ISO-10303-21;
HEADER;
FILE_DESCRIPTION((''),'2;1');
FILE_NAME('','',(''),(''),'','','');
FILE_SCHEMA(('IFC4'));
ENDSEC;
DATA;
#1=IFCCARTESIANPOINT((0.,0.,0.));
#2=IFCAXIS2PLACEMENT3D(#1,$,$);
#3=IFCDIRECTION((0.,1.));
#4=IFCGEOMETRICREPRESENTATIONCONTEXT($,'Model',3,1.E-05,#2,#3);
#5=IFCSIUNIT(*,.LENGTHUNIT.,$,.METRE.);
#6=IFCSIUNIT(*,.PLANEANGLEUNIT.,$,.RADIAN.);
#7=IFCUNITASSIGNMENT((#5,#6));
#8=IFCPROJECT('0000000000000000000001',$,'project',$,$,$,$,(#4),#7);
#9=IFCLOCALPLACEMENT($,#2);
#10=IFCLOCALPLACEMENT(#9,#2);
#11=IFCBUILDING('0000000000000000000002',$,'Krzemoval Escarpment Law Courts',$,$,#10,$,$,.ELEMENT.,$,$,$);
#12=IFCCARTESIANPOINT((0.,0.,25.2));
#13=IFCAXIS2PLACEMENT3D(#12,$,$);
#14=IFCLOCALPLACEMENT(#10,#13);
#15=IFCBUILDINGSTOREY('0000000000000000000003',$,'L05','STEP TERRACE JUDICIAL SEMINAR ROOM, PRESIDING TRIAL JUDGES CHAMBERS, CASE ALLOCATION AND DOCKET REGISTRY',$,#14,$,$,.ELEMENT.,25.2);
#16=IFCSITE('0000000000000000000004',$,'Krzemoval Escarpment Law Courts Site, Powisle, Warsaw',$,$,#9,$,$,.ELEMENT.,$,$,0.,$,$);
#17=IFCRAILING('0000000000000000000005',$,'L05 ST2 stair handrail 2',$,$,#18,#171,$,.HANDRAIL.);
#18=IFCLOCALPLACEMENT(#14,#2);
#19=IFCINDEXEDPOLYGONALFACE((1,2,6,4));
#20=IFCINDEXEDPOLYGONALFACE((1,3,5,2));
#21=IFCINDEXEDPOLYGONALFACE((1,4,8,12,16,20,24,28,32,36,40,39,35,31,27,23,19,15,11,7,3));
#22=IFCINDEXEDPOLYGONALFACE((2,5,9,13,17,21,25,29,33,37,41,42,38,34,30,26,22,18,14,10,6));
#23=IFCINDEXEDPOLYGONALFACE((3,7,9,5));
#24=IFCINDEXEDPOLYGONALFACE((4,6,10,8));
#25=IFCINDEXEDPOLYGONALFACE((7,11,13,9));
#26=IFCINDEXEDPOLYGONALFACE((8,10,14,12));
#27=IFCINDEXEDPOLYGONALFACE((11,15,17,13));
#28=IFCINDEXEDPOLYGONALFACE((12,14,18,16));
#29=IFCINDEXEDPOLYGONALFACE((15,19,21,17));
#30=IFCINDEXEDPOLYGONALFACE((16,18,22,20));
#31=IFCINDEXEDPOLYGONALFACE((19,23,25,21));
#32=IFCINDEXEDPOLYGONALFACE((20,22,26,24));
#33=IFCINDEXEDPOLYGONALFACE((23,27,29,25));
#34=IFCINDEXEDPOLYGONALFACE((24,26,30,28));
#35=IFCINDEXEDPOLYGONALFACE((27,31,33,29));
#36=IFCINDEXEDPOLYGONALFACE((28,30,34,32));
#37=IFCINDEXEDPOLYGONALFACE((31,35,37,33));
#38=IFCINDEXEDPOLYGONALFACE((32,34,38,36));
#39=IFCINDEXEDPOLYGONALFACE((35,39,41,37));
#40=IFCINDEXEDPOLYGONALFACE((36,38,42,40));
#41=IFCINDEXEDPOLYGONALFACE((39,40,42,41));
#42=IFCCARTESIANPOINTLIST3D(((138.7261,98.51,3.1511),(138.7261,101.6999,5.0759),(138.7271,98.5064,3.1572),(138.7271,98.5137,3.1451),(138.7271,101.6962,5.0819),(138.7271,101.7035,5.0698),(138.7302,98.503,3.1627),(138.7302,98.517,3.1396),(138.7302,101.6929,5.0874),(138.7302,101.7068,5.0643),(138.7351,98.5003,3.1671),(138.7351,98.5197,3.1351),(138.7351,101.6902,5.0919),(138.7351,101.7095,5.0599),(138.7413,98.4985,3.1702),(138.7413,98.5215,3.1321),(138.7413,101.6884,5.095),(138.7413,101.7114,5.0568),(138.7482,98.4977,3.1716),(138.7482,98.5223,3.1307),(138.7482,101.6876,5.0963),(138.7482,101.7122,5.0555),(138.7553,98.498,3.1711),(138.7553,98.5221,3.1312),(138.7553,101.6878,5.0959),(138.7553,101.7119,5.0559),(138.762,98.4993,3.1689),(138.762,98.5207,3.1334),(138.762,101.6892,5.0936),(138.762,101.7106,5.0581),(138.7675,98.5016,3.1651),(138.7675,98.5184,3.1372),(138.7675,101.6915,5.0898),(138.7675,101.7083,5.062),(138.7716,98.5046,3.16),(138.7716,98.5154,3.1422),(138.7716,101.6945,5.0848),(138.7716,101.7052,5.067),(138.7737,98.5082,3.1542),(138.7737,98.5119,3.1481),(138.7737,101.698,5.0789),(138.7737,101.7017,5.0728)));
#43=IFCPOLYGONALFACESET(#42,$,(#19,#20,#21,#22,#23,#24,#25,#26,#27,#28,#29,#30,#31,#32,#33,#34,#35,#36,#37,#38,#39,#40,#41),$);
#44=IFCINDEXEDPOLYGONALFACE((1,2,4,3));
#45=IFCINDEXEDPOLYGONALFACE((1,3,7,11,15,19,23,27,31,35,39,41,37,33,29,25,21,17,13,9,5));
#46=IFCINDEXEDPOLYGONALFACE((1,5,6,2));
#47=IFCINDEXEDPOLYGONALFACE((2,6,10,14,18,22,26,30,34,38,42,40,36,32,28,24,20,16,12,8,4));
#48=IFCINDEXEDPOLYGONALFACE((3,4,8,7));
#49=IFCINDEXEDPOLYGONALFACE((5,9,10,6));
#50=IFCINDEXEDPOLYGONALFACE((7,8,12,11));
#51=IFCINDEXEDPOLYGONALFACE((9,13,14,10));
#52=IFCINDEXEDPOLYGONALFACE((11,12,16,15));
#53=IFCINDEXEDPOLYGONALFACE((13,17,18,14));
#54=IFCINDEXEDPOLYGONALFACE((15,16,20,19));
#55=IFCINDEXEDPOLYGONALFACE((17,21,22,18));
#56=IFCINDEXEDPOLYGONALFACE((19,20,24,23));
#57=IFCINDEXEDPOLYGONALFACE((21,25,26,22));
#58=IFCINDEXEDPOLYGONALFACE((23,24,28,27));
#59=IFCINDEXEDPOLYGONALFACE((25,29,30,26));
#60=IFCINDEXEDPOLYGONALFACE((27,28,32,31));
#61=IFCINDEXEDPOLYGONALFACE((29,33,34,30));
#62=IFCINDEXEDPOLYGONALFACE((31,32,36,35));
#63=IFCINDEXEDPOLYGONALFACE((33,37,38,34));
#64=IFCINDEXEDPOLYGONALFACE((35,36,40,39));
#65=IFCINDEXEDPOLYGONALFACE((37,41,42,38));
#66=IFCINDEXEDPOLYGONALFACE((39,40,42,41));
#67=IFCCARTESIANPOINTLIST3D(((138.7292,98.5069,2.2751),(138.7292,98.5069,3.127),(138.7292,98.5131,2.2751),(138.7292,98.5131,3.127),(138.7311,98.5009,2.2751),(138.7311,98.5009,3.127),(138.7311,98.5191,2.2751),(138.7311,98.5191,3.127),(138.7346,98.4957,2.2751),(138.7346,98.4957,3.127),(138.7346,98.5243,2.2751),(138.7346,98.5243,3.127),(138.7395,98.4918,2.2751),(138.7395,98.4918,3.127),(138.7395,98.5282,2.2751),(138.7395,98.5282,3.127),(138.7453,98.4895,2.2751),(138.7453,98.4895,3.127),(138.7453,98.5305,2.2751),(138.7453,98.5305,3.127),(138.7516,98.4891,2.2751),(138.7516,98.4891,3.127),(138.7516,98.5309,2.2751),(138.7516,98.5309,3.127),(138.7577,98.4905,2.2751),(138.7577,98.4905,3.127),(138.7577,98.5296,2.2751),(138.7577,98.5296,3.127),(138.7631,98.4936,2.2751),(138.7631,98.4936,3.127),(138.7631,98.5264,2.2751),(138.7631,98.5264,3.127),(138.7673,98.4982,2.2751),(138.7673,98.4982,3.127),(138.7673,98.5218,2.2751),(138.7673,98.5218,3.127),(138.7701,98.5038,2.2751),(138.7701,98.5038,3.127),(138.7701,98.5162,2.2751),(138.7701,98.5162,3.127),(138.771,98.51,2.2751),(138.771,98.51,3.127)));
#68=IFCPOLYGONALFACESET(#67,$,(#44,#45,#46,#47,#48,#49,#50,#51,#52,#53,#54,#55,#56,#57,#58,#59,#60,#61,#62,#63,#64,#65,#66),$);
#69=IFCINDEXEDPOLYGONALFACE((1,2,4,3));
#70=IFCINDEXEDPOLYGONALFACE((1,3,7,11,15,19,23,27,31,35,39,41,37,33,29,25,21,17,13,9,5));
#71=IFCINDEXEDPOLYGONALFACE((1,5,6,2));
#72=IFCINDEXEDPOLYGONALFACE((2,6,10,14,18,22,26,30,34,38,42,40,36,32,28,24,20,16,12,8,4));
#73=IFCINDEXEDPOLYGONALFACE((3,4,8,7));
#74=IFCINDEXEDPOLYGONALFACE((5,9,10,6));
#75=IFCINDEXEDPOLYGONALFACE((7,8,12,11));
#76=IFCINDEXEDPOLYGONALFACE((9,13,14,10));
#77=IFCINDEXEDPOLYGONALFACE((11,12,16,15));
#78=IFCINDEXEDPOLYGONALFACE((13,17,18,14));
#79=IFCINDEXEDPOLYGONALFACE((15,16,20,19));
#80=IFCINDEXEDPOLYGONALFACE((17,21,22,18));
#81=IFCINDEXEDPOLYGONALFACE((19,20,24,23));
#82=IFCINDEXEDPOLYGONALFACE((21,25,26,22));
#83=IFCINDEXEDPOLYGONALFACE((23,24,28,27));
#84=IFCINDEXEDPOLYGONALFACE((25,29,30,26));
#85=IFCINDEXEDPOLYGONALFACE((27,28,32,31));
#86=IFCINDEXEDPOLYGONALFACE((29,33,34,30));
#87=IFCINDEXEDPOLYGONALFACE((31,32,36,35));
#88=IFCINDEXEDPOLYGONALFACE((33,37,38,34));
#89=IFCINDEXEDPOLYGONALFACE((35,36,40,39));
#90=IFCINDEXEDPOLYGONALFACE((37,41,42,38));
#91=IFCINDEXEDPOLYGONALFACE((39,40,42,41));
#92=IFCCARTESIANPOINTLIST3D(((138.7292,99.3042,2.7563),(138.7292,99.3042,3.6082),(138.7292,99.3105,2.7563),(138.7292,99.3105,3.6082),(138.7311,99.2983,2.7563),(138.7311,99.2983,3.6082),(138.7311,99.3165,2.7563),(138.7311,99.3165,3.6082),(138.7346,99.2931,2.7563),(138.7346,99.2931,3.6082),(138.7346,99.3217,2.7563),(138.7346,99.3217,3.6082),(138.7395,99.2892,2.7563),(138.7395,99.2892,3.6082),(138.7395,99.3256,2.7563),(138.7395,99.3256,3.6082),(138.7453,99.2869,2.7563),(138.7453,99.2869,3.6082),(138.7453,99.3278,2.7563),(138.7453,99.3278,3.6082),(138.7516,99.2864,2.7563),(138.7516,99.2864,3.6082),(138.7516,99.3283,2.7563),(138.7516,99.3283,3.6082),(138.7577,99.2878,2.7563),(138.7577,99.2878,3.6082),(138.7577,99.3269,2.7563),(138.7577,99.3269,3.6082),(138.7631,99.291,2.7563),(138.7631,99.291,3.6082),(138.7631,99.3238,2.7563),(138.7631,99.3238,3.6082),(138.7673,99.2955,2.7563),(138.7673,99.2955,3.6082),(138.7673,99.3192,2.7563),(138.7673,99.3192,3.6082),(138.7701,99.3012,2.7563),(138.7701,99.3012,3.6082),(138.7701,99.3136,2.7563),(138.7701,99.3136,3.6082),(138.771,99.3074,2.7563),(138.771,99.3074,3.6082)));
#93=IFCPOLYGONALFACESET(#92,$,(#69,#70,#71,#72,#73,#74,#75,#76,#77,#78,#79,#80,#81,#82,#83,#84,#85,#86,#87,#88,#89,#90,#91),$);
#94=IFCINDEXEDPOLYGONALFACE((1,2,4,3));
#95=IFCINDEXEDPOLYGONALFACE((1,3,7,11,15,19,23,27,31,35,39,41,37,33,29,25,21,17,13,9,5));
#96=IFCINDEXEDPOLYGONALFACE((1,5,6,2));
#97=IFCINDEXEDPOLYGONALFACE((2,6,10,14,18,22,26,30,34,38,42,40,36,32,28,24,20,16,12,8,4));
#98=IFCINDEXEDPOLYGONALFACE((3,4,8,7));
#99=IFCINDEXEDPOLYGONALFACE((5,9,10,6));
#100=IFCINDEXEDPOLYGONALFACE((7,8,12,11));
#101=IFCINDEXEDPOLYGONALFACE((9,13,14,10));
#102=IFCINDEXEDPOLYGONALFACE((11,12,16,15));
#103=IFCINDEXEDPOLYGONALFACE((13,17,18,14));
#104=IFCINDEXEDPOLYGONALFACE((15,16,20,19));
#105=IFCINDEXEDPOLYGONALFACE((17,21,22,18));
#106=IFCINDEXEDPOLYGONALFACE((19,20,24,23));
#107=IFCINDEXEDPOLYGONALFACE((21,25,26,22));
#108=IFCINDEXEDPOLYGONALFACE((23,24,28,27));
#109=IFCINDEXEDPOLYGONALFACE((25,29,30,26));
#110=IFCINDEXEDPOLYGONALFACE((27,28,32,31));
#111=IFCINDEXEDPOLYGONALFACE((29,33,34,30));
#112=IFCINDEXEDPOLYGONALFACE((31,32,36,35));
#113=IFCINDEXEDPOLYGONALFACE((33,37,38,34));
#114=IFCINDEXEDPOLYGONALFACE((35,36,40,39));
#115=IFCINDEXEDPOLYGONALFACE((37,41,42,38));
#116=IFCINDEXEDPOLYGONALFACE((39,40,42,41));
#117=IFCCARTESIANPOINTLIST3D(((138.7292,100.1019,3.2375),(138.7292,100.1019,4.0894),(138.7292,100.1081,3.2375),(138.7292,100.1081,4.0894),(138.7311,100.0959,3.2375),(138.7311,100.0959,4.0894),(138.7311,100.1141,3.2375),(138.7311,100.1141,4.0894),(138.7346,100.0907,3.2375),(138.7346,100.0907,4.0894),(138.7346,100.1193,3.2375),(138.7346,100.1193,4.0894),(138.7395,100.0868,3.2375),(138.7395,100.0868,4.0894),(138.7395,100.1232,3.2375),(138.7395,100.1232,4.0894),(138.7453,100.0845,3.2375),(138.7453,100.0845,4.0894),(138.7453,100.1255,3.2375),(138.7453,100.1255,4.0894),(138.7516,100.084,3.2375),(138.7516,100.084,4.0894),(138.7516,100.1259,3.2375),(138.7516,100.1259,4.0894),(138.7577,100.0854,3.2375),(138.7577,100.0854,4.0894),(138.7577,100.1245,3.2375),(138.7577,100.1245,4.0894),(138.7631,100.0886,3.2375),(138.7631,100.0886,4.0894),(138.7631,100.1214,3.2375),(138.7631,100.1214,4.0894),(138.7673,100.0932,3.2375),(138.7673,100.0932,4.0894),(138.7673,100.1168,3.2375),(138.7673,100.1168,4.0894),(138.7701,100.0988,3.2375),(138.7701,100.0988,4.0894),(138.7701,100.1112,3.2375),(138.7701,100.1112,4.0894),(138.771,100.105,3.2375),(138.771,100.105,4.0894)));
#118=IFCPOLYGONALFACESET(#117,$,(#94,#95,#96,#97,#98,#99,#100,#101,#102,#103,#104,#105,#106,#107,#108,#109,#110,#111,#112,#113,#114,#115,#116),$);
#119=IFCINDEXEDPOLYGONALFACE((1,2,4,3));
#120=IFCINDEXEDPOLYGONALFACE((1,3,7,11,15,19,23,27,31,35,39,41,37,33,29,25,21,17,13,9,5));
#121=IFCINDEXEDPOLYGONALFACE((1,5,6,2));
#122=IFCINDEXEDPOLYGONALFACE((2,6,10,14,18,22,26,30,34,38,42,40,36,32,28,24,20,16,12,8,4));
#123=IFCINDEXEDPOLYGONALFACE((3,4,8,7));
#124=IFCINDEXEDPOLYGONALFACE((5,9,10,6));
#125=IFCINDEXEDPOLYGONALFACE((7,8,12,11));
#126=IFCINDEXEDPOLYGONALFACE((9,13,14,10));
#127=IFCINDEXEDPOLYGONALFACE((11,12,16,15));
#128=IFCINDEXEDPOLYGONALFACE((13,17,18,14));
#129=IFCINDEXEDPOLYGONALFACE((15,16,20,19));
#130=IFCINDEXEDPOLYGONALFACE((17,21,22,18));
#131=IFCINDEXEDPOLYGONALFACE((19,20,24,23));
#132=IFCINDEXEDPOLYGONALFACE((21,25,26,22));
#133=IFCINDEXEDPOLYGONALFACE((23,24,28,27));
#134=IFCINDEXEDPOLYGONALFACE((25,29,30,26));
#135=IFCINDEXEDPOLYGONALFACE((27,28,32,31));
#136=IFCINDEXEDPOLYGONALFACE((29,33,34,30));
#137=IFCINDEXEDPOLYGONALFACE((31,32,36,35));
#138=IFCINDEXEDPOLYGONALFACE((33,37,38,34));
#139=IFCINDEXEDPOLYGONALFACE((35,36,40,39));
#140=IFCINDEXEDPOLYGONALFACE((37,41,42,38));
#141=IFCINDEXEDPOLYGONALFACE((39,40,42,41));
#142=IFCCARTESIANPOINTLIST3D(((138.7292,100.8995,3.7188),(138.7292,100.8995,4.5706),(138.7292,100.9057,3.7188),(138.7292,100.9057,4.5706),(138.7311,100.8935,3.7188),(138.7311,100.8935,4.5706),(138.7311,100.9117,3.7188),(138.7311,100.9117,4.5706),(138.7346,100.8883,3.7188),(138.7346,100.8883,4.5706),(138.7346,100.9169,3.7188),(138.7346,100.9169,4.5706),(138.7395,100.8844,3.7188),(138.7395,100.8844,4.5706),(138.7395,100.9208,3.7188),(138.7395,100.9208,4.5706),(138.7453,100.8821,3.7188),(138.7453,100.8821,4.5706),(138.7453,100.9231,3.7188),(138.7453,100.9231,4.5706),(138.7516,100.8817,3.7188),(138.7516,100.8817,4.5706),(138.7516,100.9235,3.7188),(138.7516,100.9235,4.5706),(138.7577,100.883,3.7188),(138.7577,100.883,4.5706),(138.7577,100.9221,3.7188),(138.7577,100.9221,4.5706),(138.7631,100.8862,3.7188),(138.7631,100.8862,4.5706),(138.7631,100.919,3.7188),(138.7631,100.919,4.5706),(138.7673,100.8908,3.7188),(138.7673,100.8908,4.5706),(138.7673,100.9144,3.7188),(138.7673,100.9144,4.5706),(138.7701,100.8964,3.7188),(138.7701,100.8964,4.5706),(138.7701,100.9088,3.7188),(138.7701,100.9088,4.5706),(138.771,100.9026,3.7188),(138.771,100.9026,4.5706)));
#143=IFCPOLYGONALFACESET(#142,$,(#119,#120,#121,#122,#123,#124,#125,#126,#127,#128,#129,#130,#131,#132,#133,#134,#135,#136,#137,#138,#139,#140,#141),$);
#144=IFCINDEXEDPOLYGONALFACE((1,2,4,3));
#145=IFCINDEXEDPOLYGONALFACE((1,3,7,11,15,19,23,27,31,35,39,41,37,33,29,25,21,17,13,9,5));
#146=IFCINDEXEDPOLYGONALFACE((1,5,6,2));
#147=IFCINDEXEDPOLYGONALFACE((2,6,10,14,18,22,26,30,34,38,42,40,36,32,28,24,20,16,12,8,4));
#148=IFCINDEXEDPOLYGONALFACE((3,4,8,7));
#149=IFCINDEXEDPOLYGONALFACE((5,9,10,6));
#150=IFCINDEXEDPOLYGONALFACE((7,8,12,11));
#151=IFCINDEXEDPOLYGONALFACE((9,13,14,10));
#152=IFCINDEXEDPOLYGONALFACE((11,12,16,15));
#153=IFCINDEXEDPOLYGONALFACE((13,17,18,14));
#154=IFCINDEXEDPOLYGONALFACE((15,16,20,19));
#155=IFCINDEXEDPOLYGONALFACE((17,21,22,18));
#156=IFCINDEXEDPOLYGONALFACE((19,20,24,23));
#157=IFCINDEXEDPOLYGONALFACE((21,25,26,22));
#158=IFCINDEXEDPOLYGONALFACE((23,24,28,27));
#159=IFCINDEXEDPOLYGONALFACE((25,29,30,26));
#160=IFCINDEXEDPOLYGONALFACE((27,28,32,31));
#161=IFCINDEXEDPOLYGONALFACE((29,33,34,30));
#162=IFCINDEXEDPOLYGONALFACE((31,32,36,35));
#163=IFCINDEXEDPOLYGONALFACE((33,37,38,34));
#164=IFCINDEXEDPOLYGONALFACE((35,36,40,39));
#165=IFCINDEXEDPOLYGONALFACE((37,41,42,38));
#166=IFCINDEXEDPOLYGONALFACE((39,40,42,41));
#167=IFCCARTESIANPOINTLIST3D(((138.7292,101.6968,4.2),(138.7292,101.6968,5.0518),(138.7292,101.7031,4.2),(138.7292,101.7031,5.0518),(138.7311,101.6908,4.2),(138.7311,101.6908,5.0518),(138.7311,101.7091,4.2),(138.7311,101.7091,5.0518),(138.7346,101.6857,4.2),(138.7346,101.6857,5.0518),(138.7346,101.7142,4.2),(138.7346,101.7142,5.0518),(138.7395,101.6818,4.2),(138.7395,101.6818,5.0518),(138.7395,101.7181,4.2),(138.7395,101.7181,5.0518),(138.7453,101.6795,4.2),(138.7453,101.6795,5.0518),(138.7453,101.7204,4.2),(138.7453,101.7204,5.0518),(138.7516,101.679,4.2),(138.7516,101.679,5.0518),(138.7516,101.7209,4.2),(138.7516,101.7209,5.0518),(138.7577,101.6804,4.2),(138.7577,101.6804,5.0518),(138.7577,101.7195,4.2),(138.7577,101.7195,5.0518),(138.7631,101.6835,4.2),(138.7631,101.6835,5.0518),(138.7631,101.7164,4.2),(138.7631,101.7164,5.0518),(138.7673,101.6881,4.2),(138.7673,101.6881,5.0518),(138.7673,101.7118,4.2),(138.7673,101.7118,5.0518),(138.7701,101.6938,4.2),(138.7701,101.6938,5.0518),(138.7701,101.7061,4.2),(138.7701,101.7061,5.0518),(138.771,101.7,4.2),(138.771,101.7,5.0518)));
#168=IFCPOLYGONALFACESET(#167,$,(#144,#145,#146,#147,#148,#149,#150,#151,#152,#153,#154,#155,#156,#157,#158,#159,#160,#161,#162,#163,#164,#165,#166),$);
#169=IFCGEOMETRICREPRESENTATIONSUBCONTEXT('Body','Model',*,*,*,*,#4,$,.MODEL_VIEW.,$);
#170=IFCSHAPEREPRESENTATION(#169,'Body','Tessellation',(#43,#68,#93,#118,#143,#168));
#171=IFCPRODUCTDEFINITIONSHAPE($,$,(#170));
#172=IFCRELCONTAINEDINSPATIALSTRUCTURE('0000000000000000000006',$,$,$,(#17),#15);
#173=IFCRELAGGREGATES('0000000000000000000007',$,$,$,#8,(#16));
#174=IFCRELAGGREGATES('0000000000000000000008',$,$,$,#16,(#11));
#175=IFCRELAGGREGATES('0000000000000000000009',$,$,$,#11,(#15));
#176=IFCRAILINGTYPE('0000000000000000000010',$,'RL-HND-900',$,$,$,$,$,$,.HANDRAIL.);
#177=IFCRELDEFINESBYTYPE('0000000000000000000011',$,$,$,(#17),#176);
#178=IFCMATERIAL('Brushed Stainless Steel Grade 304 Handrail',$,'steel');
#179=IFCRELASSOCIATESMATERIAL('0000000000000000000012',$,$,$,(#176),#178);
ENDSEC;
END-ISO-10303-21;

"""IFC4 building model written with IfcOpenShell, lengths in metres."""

from ifc_helpers import new_model, si_unit, direction, frame, origin, origin_2d, place, context, subcontext, project, spatial, circle, extrude, material, type_object, element, save


model = new_model("IFC4")

# Units and contexts
model_context = context("Model", 3, precision=1e-05, world=origin(), true_north=direction((0.0, 1.0)))
body_context = subcontext(model_context, "Body", "Model", "MODEL_VIEW")
ifc_project = project(units=[si_unit("LENGTHUNIT", "METRE"), si_unit("PLANEANGLEUNIT", "RADIAN")], contexts=[model_context])

# Site, building, storey
site_placement = place(None, origin())
site = spatial("IfcSite", under=ifc_project, at=site_placement, Name="Krzemoval Escarpment Law Courts Site, Powisle, Warsaw", CompositionType="ELEMENT", RefElevation=0.0)
building_placement = place(site_placement, origin())
building = spatial("IfcBuilding", under=site, at=building_placement, Name="Krzemoval Escarpment Law Courts", CompositionType="ELEMENT")
storey_placement = place(building_placement, frame((0.0, 0.0, 25.2)))
storey = spatial("IfcBuildingStorey", under=building, at=storey_placement, Name="L05", Description="STEP TERRACE JUDICIAL SEMINAR ROOM, PRESIDING TRIAL JUDGES CHAMBERS, CASE ALLOCATION AND DOCKET REGISTRY", CompositionType="ELEMENT", Elevation=25.2)

# Railing
ifc_material_1 = material(Name="Brushed Stainless Steel Grade 304 Handrail", Category="steel")
railing_type_1 = type_object("IfcRailingType", Name="RL-HND-900", PredefinedType="HANDRAIL", material=ifc_material_1)
railing_1_placement = place(storey_placement, frame((138.75, 98.51, 2.2751)))
element("IfcRailing", 1, at=railing_1_placement, inside=storey, type_object=railing_type_1, Name="L05 ST2 stair handrail 2", PredefinedType="HANDRAIL", context=body_context, shape_type="SweptSolid", body=[
    extrude(circle(Radius=0.0239, at=origin_2d()), frame((0.0, 0.0, 0.876), z_axis=(0.0, 0.856207, 0.516633), x_axis=(-1.0, 0.0, 0.0)), (0.0, 0.0, 1.0), 3.7256),
    extrude(circle(Radius=0.021, at=origin_2d()), origin(), (0.0, 0.0, 1.0), 0.8518),
    extrude(circle(Radius=0.021, at=origin_2d()), frame((0.0, 0.7974, 0.4812)), (0.0, 0.0, 1.0), 0.8518),
    extrude(circle(Radius=0.021, at=origin_2d()), frame((0.0, 1.595, 0.9624)), (0.0, 0.0, 1.0), 0.8518),
    extrude(circle(Radius=0.021, at=origin_2d()), frame((0.0, 2.3926, 1.4436)), (0.0, 0.0, 1.0), 0.8518),
    extrude(circle(Radius=0.021, at=origin_2d()), frame((0.0, 3.1899, 1.9248)), (0.0, 0.0, 1.0), 0.8518),
])

save(model, "model.ifc")
